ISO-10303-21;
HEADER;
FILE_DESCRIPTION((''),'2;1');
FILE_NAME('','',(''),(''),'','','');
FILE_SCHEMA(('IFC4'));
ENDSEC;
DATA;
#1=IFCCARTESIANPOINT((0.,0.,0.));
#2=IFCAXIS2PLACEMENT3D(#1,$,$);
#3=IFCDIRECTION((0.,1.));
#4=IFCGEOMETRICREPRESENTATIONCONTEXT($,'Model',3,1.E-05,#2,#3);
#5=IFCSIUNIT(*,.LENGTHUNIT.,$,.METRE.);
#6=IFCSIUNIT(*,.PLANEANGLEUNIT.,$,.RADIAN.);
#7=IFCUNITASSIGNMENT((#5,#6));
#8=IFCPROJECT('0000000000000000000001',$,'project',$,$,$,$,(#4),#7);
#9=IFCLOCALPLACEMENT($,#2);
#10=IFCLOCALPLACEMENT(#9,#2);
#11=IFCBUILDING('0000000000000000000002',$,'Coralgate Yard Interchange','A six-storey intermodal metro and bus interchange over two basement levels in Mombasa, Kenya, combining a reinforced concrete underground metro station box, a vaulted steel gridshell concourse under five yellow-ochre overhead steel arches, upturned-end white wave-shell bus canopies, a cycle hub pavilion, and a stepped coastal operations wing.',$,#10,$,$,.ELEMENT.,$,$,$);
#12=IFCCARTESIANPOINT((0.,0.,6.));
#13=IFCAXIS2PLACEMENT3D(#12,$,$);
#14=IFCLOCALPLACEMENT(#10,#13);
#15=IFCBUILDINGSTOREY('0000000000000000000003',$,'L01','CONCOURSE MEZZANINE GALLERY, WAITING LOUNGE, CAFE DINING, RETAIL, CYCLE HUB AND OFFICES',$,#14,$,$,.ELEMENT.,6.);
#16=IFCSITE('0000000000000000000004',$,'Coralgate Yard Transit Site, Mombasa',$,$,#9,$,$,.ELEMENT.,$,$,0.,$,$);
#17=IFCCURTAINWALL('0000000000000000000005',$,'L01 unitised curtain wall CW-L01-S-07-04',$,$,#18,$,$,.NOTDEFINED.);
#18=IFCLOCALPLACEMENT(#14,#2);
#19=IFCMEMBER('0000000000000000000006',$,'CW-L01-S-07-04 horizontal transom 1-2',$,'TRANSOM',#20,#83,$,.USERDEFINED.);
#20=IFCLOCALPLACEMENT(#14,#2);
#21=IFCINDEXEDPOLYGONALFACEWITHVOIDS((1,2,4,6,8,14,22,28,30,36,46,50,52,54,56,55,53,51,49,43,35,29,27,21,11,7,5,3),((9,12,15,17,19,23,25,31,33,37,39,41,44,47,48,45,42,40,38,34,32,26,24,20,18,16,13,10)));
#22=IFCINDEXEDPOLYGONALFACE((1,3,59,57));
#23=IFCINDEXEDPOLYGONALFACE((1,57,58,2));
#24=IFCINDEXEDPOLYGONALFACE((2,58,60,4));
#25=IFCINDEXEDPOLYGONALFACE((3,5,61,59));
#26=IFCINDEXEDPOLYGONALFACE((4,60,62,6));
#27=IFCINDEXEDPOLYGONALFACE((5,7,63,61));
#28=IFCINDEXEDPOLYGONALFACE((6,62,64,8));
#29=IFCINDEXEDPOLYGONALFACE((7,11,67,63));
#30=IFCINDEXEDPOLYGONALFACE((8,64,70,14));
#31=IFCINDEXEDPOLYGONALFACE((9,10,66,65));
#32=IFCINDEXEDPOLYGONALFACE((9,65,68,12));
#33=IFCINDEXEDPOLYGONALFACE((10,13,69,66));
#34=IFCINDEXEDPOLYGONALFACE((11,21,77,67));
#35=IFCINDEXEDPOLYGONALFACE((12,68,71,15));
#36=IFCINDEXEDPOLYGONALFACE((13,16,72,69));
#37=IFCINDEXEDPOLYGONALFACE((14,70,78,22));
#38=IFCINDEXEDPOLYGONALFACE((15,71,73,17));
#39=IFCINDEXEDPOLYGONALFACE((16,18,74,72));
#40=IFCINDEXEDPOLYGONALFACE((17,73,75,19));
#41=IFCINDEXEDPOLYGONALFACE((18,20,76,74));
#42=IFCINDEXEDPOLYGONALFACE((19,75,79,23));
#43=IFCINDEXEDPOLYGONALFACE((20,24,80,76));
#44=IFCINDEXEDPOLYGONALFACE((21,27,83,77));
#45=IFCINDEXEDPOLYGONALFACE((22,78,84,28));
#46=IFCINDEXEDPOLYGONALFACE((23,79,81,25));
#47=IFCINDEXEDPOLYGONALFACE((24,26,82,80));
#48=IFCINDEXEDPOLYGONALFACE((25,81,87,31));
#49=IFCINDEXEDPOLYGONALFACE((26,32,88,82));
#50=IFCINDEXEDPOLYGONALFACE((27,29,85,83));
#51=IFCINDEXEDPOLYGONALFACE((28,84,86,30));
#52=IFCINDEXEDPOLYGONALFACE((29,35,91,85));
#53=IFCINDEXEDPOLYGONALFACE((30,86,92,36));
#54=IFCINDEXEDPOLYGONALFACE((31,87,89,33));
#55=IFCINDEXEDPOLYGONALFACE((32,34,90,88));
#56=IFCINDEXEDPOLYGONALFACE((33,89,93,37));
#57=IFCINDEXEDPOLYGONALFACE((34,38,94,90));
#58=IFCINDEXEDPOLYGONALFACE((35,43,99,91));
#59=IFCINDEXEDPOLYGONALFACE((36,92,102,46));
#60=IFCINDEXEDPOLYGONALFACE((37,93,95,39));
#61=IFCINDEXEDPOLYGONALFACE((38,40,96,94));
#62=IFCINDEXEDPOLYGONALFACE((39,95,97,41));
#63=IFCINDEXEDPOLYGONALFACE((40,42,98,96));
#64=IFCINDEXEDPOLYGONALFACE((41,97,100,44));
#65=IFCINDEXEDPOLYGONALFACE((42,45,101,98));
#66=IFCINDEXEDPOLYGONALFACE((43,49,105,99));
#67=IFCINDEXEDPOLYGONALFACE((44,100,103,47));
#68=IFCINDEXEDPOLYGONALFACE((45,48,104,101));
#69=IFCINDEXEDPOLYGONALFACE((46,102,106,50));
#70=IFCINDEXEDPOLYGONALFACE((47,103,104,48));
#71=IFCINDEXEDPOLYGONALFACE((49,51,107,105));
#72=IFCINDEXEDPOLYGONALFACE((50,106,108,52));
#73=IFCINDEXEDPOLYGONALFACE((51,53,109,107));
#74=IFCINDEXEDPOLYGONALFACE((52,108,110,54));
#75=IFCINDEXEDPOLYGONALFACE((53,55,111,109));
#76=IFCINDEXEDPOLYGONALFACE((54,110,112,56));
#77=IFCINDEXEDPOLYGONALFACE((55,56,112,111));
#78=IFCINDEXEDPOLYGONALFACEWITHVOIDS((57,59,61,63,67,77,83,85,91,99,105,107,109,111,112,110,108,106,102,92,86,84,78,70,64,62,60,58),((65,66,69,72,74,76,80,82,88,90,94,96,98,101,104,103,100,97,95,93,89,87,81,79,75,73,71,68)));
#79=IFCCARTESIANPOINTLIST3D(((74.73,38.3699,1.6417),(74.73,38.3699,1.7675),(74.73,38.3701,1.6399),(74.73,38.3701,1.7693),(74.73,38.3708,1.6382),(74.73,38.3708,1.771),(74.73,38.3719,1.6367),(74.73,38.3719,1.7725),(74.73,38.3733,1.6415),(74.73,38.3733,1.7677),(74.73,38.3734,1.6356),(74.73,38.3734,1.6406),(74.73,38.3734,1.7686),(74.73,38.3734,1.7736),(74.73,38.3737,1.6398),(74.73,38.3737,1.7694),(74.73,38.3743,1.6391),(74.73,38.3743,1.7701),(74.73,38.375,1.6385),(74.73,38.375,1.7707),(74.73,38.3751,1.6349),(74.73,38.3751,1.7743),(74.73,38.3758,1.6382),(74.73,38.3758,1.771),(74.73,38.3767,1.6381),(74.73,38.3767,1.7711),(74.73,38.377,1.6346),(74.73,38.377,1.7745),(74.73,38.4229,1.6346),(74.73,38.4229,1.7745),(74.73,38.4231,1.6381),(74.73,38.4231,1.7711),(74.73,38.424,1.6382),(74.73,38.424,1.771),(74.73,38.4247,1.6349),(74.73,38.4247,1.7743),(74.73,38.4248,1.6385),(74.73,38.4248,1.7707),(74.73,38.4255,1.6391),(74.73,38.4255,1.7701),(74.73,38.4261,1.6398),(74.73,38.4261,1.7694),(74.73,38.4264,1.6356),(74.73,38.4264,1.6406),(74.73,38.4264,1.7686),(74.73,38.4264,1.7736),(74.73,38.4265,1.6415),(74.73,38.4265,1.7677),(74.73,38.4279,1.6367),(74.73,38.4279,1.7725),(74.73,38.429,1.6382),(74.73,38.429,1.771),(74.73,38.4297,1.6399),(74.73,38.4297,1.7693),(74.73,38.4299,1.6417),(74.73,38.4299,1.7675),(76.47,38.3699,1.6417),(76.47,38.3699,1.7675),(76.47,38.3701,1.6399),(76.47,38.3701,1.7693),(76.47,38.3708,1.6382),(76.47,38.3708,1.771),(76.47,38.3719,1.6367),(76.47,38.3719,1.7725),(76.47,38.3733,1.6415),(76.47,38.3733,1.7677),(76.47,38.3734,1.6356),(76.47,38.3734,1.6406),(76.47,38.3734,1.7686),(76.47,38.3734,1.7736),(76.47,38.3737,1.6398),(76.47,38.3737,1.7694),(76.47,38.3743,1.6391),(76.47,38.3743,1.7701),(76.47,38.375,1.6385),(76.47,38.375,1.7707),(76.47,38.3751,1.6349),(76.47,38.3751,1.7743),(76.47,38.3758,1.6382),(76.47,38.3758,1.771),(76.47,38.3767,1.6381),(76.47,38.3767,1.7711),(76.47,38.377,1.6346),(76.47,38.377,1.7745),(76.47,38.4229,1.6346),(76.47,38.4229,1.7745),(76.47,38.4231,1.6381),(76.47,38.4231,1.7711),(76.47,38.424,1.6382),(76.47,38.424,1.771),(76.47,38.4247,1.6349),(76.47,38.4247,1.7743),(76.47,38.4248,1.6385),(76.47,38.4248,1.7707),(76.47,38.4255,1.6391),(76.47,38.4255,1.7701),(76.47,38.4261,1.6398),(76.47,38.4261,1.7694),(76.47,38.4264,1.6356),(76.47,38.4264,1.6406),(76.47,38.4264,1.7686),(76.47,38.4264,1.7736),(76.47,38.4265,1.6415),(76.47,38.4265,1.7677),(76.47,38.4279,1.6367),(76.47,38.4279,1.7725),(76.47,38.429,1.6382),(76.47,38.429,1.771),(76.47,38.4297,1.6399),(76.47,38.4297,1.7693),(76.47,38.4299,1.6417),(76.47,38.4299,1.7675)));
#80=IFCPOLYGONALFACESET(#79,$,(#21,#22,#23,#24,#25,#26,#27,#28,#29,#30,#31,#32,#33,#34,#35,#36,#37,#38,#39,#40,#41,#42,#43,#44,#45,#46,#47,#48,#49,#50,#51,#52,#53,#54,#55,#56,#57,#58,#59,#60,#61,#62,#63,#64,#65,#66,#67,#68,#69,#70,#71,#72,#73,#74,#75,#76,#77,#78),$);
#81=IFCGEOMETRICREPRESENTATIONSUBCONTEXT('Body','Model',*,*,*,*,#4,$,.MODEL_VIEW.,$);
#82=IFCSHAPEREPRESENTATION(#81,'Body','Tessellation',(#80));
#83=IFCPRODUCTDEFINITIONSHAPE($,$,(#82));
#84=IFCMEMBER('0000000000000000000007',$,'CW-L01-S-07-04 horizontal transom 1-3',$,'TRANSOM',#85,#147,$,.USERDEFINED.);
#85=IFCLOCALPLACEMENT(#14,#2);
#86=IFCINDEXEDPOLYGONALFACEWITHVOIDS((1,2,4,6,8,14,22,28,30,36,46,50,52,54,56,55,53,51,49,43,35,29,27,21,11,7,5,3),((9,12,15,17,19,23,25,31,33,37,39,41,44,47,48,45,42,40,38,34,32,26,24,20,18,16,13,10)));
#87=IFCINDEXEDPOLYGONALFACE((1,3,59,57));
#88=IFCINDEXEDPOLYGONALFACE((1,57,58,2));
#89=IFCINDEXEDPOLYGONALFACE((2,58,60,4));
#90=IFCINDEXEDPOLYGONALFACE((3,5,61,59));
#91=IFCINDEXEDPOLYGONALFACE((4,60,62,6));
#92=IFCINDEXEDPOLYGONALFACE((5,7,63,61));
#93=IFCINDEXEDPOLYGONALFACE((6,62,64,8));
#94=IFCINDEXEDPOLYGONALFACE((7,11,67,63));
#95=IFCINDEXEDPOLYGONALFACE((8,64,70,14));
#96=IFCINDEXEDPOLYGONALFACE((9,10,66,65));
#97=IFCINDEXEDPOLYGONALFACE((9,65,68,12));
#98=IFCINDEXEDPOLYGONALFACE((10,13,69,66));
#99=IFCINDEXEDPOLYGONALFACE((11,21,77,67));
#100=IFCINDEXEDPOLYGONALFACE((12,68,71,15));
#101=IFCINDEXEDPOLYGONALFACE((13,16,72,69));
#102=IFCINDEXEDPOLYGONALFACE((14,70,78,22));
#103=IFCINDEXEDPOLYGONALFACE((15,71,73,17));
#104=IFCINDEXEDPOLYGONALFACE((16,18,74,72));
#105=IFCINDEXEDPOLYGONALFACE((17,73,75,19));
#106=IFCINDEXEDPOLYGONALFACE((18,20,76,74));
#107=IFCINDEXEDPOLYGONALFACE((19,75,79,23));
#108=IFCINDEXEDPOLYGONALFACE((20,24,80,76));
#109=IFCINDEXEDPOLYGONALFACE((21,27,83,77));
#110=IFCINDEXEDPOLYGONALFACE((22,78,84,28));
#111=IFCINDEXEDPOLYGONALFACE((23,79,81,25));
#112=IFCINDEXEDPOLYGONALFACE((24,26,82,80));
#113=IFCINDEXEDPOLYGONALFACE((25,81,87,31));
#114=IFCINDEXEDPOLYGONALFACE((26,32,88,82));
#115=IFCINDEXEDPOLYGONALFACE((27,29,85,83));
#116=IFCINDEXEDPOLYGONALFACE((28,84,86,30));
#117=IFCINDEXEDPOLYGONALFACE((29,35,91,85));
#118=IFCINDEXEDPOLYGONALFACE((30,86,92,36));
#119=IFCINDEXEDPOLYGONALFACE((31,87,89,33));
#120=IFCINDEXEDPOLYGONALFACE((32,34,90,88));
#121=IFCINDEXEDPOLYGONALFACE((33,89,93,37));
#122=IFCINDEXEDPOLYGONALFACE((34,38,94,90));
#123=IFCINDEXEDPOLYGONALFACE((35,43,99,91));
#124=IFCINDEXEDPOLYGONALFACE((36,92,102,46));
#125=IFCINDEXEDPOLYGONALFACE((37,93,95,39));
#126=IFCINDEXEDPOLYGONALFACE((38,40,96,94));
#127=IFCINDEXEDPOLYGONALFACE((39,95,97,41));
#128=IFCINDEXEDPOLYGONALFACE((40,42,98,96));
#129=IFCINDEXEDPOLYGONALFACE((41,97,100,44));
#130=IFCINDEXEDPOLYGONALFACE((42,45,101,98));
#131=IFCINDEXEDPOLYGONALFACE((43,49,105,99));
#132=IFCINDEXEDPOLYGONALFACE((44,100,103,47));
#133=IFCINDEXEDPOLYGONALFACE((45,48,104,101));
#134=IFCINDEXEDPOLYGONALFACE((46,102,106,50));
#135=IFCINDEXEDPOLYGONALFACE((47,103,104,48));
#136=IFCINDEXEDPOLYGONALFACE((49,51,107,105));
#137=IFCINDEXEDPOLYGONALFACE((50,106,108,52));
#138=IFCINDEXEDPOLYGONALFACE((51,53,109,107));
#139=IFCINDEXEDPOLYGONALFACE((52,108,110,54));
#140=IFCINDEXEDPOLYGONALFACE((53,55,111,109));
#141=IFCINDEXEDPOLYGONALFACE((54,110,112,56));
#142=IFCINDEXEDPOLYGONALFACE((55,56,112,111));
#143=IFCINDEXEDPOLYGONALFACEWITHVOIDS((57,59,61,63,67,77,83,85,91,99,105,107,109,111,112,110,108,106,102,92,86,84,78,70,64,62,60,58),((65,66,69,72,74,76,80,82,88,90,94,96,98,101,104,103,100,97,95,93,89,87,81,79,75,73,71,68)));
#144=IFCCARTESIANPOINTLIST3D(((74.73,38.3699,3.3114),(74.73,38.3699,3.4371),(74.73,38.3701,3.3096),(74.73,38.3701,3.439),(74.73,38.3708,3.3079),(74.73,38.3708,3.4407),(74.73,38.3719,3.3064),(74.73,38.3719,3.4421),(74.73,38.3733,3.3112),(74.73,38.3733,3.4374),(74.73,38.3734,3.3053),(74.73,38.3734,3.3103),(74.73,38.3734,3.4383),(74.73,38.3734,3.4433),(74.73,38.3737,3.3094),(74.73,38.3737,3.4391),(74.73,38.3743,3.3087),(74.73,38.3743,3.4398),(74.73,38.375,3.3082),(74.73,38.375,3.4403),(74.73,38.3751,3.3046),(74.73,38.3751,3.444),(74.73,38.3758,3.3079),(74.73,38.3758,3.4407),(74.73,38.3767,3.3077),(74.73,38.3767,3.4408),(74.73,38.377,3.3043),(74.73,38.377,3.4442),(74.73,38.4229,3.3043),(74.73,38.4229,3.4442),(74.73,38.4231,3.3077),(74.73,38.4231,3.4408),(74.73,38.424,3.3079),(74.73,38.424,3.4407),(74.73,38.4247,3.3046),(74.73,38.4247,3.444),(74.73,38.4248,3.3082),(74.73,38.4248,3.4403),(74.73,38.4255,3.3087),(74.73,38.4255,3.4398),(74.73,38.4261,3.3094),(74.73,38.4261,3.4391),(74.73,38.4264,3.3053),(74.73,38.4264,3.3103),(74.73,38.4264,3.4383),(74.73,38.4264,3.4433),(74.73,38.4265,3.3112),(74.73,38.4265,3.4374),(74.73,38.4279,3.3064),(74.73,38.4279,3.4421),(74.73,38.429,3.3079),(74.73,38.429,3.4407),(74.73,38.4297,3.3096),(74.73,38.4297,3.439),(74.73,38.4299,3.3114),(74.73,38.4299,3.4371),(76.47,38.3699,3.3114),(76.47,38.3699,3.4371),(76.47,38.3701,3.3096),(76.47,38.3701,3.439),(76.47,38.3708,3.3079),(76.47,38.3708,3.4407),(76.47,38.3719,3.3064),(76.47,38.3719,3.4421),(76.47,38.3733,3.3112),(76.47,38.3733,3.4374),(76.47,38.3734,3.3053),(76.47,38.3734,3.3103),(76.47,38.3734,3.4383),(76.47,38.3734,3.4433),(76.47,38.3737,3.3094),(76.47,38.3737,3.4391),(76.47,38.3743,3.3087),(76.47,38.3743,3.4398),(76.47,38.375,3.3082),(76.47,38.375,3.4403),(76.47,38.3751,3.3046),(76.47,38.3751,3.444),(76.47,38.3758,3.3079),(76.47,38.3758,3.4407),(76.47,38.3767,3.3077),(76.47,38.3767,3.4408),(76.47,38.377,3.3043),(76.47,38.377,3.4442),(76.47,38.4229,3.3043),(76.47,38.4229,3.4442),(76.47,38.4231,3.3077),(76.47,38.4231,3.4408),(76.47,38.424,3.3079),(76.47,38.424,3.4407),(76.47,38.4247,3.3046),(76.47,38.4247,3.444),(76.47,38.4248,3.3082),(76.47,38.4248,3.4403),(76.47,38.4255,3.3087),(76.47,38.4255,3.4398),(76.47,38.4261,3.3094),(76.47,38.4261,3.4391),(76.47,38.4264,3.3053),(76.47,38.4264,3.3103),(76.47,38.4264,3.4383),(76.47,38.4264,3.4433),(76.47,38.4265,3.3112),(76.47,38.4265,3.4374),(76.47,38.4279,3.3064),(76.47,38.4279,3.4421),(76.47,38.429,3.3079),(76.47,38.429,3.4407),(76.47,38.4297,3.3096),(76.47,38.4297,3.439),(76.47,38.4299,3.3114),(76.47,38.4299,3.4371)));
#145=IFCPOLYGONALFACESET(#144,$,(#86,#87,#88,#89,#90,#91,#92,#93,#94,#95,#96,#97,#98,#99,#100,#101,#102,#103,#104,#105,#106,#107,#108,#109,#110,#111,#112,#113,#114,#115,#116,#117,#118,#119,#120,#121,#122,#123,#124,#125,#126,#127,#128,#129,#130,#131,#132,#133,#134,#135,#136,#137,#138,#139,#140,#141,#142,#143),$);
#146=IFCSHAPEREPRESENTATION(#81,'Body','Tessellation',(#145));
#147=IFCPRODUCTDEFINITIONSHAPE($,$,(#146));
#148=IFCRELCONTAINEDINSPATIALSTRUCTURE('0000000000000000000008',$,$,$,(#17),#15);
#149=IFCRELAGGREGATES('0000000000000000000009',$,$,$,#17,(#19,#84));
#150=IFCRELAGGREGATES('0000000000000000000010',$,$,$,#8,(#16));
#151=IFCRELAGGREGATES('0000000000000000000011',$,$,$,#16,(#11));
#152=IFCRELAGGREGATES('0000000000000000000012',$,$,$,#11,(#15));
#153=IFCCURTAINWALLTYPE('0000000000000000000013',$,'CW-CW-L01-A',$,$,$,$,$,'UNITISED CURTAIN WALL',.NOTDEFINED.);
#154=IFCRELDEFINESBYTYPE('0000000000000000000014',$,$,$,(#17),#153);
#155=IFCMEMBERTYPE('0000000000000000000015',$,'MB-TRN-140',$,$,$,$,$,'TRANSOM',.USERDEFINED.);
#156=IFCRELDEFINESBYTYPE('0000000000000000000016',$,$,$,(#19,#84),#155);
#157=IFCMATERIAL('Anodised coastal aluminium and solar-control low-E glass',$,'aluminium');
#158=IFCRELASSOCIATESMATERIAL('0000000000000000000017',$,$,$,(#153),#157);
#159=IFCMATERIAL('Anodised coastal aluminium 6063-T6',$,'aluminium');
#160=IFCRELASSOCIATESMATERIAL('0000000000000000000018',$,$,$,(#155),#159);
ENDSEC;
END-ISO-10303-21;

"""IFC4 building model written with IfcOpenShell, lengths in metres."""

from ifc_helpers import new_model, si_unit, direction, frame, origin, origin_2d, place, context, subcontext, project, spatial, hollow_rectangle, extrude, material, material_profile, profile_set, type_object, element, aggregate, save


model = new_model("IFC4")

# Units and contexts
model_context = context("Model", 3, precision=1e-05, world=origin(), true_north=direction((0.0, 1.0)))
body_context = subcontext(model_context, "Body", "Model", "MODEL_VIEW")
ifc_project = project(units=[si_unit("LENGTHUNIT", "METRE"), si_unit("PLANEANGLEUNIT", "RADIAN")], contexts=[model_context])

# Site, building, storey
site_placement = place(None, origin())
site = spatial("IfcSite", under=ifc_project, at=site_placement, Name="Coralgate Yard Transit Site, Mombasa", CompositionType="ELEMENT", RefElevation=0.0)
building_placement = place(site_placement, origin())
building = spatial("IfcBuilding", under=site, at=building_placement, Name="Coralgate Yard Interchange", Description="A six-storey intermodal metro and bus interchange over two basement levels in Mombasa, Kenya, combining a reinforced concrete underground metro station box, a vaulted steel gridshell concourse under five yellow-ochre overhead steel arches, upturned-end white wave-shell bus canopies, a cycle hub pavilion, and a stepped coastal operations wing.", CompositionType="ELEMENT")
storey_placement = place(building_placement, frame((0.0, 0.0, 6.0)))
storey = spatial("IfcBuildingStorey", under=building, at=storey_placement, Name="L01", Description="CONCOURSE MEZZANINE GALLERY, WAITING LOUNGE, CAFE DINING, RETAIL, CYCLE HUB AND OFFICES", CompositionType="ELEMENT", Elevation=6.0)

# Curtain wall
ifc_material_1 = material(Name="Anodised coastal aluminium and solar-control low-E glass", Category="aluminium")
curtain_wall_type_1 = type_object("IfcCurtainWallType", Name="CW-CW-L01-A", ElementType="UNITISED CURTAIN WALL", PredefinedType="NOTDEFINED", material=ifc_material_1)
curtain_wall_1_placement = place(storey_placement, origin())
curtain_wall_1 = element("IfcCurtainWall", 1, at=curtain_wall_1_placement, inside=storey, type_object=curtain_wall_type_1, Name="L01 unitised curtain wall CW-L01-S-07-04", PredefinedType="NOTDEFINED")
ifc_material_2 = material(Name="Anodised coastal aluminium 6063-T6", Category="aluminium")

# Members
ifc_material_profile_1 = material_profile(ifc_material_2, hollow_rectangle(XDim=0.0601, YDim=0.1399, WallThickness=0.0034, InnerFilletRadius=0.0034, OuterFilletRadius=0.0071, at=origin_2d()), Name="ALU 60x140x3.5")
ifc_profile_set_1 = profile_set([ifc_material_profile_1], Name="Anodised coastal aluminium 6063-T6")
member_type_1 = type_object("IfcMemberType", Name="MB-TRN-140", ElementType="TRANSOM", PredefinedType="USERDEFINED", material=ifc_profile_set_1)
member_1_placement = place(storey_placement, frame((76.47, 38.3999, 1.7046), z_axis=(-1.0, 0.0, 0.0), x_axis=(0.0, -1.0, 0.0)))
member_1 = element("IfcMember", 2, at=member_1_placement, type_object=member_type_1, Name="CW-L01-S-07-04 horizontal transom 1-2", ObjectType="TRANSOM", PredefinedType="USERDEFINED", context=body_context, shape_type="SweptSolid", body=[
    extrude(hollow_rectangle(XDim=0.0601, YDim=0.1399, WallThickness=0.0034, InnerFilletRadius=0.0034, OuterFilletRadius=0.0071, at=origin_2d()), origin(), (0.0, 0.0, 1.0), 1.74),
])
member_2_placement = place(storey_placement, frame((76.47, 38.3999, 3.3743), z_axis=(-1.0, 0.0, 0.0), x_axis=(0.0, -1.0, 0.0)))
member_2 = element("IfcMember", 3, at=member_2_placement, type_object=member_type_1, Name="CW-L01-S-07-04 horizontal transom 1-3", ObjectType="TRANSOM", PredefinedType="USERDEFINED", context=body_context, shape_type="SweptSolid", body=[
    extrude(hollow_rectangle(XDim=0.0601, YDim=0.1399, WallThickness=0.0034, InnerFilletRadius=0.0034, OuterFilletRadius=0.0071, at=origin_2d()), origin(), (0.0, 0.0, 1.0), 1.74),
])
aggregate(curtain_wall_1, [member_1, member_2])

save(model, "model.ifc")
